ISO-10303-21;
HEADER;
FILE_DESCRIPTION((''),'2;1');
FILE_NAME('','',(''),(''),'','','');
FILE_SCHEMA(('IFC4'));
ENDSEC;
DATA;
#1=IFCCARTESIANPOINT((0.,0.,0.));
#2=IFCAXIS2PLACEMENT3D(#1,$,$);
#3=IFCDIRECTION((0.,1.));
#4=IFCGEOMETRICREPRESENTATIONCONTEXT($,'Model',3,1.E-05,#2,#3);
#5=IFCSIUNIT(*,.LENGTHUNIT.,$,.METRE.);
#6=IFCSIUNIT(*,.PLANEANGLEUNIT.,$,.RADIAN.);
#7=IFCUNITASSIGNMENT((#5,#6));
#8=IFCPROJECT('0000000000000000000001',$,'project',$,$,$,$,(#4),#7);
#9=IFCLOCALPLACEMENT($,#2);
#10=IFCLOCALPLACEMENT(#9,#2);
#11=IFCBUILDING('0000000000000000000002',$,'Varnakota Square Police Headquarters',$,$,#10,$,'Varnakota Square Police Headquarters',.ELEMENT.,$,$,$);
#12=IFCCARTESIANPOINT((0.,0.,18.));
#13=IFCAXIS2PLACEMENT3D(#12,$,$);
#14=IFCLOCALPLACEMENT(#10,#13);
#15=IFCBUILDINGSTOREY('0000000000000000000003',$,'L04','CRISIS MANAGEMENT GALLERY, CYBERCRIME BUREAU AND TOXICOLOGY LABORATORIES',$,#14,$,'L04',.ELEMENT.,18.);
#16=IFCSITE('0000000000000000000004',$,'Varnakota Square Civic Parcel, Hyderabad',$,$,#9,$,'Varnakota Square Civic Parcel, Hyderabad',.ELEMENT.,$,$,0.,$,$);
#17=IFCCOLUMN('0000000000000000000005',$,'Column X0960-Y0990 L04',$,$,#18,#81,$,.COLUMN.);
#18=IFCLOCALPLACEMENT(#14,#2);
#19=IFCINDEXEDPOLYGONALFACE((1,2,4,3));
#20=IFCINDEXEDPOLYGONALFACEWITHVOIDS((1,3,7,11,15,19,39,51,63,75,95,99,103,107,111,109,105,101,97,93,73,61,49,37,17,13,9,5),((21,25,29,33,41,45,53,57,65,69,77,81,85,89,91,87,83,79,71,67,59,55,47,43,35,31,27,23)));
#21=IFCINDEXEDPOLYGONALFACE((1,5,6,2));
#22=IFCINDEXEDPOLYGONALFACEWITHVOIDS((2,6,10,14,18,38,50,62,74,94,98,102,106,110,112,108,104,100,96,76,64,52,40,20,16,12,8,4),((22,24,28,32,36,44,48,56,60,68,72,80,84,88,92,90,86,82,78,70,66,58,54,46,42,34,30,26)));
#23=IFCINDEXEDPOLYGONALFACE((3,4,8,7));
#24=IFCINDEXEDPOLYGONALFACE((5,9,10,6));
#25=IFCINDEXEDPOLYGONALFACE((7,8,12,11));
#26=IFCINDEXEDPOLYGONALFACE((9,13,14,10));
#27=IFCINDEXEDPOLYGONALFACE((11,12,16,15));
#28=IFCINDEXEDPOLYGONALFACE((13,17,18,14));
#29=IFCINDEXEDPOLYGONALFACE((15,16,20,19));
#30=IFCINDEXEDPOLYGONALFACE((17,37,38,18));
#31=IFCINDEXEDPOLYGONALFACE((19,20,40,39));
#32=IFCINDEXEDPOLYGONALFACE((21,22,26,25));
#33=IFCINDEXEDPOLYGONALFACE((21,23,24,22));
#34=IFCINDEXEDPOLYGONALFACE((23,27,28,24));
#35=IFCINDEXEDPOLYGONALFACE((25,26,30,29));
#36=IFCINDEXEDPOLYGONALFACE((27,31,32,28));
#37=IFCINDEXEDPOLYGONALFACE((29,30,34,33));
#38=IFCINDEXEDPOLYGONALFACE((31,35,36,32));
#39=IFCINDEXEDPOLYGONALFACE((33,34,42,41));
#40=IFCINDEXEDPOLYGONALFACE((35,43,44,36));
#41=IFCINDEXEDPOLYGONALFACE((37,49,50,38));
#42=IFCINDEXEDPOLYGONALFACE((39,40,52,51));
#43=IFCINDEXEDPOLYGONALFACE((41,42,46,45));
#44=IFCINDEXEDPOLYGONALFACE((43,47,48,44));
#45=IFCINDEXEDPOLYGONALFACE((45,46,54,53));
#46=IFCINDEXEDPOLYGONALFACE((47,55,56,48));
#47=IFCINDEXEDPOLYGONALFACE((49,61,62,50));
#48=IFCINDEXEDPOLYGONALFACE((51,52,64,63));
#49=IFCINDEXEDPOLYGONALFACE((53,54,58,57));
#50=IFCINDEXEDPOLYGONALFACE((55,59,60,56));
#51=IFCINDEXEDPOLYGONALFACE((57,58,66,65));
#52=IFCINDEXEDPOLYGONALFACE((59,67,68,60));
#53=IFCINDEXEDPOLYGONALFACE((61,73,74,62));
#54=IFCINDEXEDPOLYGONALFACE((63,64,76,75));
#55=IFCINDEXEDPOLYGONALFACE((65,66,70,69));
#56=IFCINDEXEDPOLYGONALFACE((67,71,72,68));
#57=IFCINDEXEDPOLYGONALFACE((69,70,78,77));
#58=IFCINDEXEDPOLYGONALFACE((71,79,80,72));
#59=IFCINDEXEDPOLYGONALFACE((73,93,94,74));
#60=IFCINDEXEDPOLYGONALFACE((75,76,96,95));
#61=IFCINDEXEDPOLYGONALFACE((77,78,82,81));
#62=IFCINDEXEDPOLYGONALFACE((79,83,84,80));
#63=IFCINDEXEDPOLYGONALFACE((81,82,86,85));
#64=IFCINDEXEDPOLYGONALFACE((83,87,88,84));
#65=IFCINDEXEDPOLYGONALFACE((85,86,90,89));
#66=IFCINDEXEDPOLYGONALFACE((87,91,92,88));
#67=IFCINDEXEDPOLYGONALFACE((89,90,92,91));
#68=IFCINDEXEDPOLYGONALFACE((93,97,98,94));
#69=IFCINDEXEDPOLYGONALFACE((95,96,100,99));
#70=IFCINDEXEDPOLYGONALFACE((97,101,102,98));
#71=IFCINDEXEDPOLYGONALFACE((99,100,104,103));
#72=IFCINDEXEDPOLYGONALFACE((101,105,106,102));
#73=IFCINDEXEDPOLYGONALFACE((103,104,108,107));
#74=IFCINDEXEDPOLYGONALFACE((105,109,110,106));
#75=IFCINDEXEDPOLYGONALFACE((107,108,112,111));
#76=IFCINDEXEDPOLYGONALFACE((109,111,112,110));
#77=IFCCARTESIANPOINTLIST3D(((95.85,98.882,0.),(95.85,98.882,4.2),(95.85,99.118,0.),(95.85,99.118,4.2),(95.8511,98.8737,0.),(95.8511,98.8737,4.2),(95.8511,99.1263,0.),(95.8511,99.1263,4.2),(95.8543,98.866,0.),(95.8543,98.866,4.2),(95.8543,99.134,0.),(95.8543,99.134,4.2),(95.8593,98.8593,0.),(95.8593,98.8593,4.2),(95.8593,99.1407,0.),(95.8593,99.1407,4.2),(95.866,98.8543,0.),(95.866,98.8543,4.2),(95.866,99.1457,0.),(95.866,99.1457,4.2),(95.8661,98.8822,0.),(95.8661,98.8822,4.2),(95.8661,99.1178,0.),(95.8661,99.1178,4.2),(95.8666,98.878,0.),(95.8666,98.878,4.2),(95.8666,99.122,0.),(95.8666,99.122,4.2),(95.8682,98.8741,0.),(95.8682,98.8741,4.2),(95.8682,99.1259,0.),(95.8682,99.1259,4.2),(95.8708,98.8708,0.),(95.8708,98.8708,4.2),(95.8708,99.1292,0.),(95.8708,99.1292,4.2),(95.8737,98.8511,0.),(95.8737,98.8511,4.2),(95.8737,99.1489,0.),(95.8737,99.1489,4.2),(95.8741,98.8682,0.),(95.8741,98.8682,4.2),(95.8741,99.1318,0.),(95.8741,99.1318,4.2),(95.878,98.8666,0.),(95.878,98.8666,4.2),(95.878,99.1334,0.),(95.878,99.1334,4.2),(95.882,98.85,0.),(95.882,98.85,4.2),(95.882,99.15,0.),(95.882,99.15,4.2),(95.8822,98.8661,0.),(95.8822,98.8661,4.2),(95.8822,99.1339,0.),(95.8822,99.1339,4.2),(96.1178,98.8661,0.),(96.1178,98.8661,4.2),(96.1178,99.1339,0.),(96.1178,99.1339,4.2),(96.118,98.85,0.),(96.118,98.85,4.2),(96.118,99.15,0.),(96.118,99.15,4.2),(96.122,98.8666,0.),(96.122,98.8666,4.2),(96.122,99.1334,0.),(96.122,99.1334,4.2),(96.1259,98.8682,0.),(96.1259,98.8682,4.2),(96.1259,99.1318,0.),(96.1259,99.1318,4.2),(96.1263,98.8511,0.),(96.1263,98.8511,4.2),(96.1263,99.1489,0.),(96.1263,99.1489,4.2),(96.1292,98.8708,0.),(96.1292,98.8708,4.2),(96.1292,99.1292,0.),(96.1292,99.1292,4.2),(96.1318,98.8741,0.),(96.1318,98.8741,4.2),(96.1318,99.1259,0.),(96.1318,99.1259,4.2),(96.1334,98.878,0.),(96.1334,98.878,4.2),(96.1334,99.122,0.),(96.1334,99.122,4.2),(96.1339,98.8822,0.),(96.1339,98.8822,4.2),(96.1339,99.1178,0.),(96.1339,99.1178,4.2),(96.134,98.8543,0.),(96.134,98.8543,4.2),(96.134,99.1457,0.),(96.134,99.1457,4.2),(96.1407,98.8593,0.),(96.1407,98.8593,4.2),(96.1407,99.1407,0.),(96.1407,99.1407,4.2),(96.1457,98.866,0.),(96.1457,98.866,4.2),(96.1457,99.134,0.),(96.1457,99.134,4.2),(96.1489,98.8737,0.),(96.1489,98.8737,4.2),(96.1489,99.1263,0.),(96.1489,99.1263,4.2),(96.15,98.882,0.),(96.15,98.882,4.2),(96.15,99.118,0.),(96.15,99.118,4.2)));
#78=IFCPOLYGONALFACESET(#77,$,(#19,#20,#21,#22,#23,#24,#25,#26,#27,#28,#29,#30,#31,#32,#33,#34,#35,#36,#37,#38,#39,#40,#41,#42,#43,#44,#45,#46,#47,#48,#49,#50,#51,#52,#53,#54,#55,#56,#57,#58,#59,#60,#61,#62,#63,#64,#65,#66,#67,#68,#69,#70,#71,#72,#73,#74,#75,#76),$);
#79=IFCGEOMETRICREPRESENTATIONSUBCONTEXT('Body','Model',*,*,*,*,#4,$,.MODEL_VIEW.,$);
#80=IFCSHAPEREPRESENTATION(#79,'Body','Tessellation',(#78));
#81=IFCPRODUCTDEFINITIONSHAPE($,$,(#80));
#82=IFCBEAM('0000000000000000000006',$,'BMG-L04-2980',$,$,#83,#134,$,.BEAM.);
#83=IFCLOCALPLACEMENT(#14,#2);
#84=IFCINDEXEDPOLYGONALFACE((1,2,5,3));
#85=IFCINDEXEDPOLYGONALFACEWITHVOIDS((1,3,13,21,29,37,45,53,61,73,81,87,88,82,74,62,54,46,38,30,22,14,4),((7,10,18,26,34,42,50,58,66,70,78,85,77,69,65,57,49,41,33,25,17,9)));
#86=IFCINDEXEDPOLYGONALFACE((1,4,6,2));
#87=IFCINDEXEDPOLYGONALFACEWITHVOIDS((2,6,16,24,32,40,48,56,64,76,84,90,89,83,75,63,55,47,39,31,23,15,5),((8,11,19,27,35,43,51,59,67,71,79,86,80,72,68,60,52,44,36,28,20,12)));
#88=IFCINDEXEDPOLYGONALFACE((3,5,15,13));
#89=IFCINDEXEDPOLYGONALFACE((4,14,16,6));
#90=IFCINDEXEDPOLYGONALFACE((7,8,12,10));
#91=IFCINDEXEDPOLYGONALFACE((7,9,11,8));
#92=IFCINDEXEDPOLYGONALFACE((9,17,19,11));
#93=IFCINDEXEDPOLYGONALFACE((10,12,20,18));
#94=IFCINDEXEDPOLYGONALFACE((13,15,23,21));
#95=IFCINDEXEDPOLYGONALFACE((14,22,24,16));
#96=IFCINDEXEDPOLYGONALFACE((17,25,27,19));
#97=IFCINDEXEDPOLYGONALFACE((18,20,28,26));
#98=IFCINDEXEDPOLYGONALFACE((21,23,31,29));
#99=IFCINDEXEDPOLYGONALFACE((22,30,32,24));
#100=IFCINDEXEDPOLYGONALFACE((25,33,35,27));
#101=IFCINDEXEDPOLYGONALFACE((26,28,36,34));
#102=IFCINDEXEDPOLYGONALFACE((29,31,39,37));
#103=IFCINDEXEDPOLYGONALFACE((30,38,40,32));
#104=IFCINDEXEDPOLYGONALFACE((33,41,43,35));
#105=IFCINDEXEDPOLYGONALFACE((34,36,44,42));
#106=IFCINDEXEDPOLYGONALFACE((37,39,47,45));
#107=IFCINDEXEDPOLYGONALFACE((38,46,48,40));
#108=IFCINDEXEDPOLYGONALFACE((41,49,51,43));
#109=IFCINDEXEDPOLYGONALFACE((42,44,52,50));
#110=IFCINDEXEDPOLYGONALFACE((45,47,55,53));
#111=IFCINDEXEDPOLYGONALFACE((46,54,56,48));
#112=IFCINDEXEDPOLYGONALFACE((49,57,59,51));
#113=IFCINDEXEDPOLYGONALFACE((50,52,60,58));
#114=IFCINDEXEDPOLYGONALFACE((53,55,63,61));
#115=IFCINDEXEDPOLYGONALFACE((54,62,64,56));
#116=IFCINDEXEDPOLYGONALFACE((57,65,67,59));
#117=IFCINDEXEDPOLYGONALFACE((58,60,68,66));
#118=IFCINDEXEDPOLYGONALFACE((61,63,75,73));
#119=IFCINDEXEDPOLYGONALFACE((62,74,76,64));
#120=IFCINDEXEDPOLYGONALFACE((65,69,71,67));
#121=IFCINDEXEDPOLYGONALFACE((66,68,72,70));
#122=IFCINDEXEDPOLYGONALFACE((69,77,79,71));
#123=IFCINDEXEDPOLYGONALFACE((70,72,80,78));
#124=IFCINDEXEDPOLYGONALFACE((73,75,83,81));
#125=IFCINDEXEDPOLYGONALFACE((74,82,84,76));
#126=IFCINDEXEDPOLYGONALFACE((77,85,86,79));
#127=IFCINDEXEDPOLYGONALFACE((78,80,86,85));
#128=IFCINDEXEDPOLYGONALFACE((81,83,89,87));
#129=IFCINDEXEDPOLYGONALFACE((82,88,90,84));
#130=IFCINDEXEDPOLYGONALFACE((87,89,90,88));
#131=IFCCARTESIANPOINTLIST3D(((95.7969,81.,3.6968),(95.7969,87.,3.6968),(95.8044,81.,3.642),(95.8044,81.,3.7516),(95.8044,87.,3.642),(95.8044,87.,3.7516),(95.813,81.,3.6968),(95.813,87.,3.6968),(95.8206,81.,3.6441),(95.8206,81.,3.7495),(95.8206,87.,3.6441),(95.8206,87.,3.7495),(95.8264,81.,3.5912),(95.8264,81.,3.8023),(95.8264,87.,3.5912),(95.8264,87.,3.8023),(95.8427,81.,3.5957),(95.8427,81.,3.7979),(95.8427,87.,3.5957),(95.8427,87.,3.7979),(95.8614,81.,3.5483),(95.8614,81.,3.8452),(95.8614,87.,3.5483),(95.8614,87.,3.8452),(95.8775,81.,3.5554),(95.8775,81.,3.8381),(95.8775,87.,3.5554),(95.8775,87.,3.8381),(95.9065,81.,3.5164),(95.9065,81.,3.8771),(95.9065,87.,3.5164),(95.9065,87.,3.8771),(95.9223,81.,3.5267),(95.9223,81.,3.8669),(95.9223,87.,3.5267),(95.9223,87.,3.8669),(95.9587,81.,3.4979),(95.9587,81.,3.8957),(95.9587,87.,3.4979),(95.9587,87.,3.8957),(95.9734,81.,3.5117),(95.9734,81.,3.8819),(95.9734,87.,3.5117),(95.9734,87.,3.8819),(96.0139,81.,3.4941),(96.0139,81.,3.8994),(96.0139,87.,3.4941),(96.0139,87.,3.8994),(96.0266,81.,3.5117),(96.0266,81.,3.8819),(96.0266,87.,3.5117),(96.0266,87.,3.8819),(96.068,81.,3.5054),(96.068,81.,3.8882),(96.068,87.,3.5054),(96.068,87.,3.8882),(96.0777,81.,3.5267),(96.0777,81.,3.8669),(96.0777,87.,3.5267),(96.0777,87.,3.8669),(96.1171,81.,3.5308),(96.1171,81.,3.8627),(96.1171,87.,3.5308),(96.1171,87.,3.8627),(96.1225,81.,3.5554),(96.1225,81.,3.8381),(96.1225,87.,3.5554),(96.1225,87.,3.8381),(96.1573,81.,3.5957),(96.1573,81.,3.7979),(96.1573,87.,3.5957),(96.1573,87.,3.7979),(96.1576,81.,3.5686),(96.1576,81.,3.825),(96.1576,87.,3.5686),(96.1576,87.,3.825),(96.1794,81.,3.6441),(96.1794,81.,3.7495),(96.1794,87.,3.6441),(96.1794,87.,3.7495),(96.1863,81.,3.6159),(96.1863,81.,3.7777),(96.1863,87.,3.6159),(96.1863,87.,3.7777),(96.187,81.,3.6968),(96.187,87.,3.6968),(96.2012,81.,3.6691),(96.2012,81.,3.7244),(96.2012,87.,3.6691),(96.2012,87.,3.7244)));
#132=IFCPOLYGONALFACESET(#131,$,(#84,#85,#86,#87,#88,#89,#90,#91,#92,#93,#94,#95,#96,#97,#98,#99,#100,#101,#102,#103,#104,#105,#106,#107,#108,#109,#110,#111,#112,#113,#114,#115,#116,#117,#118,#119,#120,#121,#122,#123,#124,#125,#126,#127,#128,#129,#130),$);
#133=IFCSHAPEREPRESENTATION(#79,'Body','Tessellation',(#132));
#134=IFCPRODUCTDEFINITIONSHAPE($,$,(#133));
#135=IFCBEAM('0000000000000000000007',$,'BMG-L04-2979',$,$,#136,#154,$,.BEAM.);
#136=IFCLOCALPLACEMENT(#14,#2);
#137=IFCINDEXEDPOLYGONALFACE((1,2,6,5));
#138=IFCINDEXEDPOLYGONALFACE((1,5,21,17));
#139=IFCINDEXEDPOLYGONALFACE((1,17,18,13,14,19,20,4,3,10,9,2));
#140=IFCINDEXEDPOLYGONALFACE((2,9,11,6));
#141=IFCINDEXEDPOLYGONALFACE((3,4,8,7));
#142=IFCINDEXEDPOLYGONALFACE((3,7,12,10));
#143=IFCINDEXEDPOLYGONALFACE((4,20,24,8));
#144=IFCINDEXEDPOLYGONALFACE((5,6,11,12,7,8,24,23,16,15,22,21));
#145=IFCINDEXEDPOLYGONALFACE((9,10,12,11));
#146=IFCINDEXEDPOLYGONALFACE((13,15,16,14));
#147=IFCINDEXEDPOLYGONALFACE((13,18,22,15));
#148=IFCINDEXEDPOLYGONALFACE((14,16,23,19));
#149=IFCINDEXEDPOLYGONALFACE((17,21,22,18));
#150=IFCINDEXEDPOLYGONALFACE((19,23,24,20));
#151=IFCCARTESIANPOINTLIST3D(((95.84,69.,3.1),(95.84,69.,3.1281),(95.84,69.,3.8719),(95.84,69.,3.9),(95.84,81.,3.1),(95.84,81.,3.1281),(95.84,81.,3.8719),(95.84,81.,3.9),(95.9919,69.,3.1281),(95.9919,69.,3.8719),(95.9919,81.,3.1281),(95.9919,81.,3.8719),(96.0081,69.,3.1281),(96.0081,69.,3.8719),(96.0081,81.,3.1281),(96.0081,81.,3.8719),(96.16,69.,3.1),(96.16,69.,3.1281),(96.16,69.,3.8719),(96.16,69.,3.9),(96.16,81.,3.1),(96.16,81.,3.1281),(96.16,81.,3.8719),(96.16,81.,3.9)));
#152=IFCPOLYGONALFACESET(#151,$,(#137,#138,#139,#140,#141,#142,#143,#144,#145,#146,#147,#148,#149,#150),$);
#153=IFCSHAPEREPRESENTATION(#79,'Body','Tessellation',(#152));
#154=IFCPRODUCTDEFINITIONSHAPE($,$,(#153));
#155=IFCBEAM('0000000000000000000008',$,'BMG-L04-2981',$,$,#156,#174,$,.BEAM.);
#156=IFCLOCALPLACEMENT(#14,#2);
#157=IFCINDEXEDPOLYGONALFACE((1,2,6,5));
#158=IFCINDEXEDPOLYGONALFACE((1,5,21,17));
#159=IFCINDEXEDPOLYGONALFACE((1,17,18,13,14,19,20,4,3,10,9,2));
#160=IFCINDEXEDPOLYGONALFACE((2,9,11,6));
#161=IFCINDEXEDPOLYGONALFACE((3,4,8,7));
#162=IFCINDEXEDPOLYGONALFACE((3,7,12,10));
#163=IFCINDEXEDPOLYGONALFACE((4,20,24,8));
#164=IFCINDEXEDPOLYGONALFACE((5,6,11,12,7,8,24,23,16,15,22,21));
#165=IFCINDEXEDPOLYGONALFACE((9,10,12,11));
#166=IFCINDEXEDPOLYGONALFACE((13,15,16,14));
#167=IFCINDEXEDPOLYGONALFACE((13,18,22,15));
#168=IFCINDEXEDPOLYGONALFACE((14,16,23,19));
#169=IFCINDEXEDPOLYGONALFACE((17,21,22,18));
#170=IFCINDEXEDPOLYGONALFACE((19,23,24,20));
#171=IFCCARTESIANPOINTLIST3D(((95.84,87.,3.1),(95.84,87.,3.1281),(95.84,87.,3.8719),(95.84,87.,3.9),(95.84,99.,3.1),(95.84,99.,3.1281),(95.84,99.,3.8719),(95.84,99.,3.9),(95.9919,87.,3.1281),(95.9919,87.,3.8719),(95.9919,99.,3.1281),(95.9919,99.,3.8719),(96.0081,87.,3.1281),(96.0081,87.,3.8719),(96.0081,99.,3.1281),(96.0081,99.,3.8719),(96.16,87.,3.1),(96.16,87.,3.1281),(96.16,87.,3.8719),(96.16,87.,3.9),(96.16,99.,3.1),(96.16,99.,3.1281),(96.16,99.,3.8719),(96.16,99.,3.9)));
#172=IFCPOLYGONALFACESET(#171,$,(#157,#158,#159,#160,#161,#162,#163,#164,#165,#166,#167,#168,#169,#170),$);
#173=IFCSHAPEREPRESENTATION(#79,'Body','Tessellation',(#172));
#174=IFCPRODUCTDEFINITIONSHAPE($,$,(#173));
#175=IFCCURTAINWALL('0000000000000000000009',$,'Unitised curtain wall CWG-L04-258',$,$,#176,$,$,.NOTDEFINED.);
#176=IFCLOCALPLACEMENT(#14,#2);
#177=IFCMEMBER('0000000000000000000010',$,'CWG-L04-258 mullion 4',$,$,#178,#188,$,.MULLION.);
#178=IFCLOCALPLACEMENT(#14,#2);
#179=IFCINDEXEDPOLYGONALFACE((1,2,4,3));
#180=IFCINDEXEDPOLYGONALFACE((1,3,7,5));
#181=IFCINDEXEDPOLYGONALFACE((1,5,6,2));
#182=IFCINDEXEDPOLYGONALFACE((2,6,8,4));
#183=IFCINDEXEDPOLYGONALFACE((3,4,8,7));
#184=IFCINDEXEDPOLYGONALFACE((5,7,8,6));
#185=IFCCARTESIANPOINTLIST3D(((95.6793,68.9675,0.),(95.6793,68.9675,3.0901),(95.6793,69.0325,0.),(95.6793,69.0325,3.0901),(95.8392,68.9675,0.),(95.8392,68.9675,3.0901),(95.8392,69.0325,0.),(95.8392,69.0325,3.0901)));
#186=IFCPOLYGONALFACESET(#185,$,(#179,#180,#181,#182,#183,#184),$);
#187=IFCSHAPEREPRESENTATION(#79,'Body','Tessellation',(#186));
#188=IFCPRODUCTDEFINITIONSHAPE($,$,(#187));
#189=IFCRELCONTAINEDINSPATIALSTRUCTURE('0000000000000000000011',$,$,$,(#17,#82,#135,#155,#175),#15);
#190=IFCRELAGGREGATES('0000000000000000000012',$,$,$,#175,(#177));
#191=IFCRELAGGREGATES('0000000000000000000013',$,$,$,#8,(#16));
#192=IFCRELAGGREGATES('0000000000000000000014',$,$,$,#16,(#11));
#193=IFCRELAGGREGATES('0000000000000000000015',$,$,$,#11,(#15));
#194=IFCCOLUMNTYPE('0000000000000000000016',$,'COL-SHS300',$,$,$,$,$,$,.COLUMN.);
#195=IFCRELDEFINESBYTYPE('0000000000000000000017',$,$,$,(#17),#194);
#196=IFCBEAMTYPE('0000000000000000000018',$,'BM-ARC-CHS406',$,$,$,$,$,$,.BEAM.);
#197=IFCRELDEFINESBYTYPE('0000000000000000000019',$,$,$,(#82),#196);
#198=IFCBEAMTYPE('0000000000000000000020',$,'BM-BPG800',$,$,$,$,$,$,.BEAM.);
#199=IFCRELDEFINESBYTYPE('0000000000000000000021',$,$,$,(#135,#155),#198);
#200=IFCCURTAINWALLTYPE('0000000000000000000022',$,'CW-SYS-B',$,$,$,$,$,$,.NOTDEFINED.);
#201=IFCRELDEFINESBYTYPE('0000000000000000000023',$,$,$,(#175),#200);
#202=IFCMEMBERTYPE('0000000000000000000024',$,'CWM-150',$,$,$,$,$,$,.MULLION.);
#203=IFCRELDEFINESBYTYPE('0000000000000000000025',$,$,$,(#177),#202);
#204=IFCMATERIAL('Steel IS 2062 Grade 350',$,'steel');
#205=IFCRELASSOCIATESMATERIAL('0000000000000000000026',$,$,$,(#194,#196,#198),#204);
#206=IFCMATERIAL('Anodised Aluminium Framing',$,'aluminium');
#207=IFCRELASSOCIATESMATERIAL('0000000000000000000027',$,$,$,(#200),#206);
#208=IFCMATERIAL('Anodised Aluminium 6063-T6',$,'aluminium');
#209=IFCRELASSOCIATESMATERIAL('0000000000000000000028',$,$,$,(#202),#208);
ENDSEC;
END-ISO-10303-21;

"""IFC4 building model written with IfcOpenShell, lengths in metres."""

from ifc_helpers import new_model, si_unit, direction, frame, origin, origin_2d, place, context, subcontext, project, spatial, rectangle, hollow_rectangle, hollow_circle, i_section, extrude, material, material_profile, profile_set, type_object, element, aggregate, save


model = new_model("IFC4")

# Units and contexts
model_context = context("Model", 3, precision=1e-05, world=origin(), true_north=direction((0.0, 1.0)))
body_context = subcontext(model_context, "Body", "Model", "MODEL_VIEW")
ifc_project = project(units=[si_unit("LENGTHUNIT", "METRE"), si_unit("PLANEANGLEUNIT", "RADIAN")], contexts=[model_context])

# Site, building, storey
site_placement = place(None, origin())
site = spatial("IfcSite", under=ifc_project, at=site_placement, Name="Varnakota Square Civic Parcel, Hyderabad", LongName="Varnakota Square Civic Parcel, Hyderabad", CompositionType="ELEMENT", RefElevation=0.0)
building_placement = place(site_placement, origin())
building = spatial("IfcBuilding", under=site, at=building_placement, Name="Varnakota Square Police Headquarters", LongName="Varnakota Square Police Headquarters", CompositionType="ELEMENT")
storey_placement = place(building_placement, frame((0.0, 0.0, 18.0)))
storey = spatial("IfcBuildingStorey", under=building, at=storey_placement, Name="L04", Description="CRISIS MANAGEMENT GALLERY, CYBERCRIME BUREAU AND TOXICOLOGY LABORATORIES", LongName="L04", CompositionType="ELEMENT", Elevation=18.0)

# Column
ifc_material_1 = material(Name="Steel IS 2062 Grade 350", Category="steel")
ifc_material_profile_1 = material_profile(ifc_material_1, hollow_rectangle(XDim=0.3, YDim=0.3, WallThickness=0.0161, InnerFilletRadius=0.0161, OuterFilletRadius=0.032, at=origin_2d()), Name="SHS 300x300x16")
ifc_profile_set_1 = profile_set([ifc_material_profile_1], Name="Steel IS 2062 Grade 350")
column_type_1 = type_object("IfcColumnType", Name="COL-SHS300", PredefinedType="COLUMN", material=ifc_profile_set_1)
for number, where, z_axis, x_axis, name in (
    (1, (96.0, 99.0, 0.0), (0.0, 0.0, 1.0), (1.0, 0.0, 0.0), "Column X0960-Y0990 L04"),
):
    element("IfcColumn", number, at=place(storey_placement, frame(where, z_axis=z_axis, x_axis=x_axis)), inside=storey, type_object=column_type_1, Name=name, PredefinedType="COLUMN", context=body_context, shape_type="SweptSolid", body=[
        extrude(hollow_rectangle(XDim=0.3, YDim=0.3, WallThickness=0.0161, InnerFilletRadius=0.0161, OuterFilletRadius=0.032, at=origin_2d()), origin(), (0.0, 0.0, 1.0), 4.2),
    ])

# Beams
ifc_material_profile_2 = material_profile(ifc_material_1, hollow_circle(Radius=0.2031, WallThickness=0.0161, at=origin_2d()), Name="CHS 406.4x16.0")
ifc_profile_set_2 = profile_set([ifc_material_profile_2], Name="Steel IS 2062 Grade 350")
beam_type_1 = type_object("IfcBeamType", Name="BM-ARC-CHS406", PredefinedType="BEAM", material=ifc_profile_set_2)
beam_placement = place(storey_placement, frame((96.0, 81.0, 3.6968), z_axis=(0.0, 1.0, 0.0), x_axis=(-1.0, 0.0, 0.0)))
element("IfcBeam", 2, at=beam_placement, inside=storey, type_object=beam_type_1, Name="BMG-L04-2980", PredefinedType="BEAM", context=body_context, shape_type="SweptSolid", body=[
    extrude(hollow_circle(Radius=0.2031, WallThickness=0.0161, at=origin_2d()), origin(), (0.0, 0.0, 1.0), 6.0),
])
ifc_material_profile_3 = material_profile(ifc_material_1, i_section(OverallWidth=0.3201, OverallDepth=0.8, WebThickness=0.0161, FlangeThickness=0.0281, at=origin_2d()), Name="BPG 800x320")
ifc_profile_set_3 = profile_set([ifc_material_profile_3], Name="Steel IS 2062 Grade 350")
beam_type_2 = type_object("IfcBeamType", Name="BM-BPG800", PredefinedType="BEAM", material=ifc_profile_set_3)
for number, where, z_axis, x_axis, name in (
    (3, (96.0, 69.0, 3.5), (0.0, 1.0, 0.0), (-1.0, 0.0, 0.0), "BMG-L04-2979"),
    (4, (96.0, 87.0, 3.5), (0.0, 1.0, 0.0), (-1.0, 0.0, 0.0), "BMG-L04-2981"),
):
    element("IfcBeam", number, at=place(storey_placement, frame(where, z_axis=z_axis, x_axis=x_axis)), inside=storey, type_object=beam_type_2, Name=name, PredefinedType="BEAM", context=body_context, shape_type="SweptSolid", body=[
        extrude(i_section(OverallWidth=0.3201, OverallDepth=0.8, WebThickness=0.0161, FlangeThickness=0.0281, at=origin_2d()), origin(), (0.0, 0.0, 1.0), 12.0),
    ])

# Curtain wall, member
ifc_material_2 = material(Name="Anodised Aluminium Framing", Category="aluminium")
curtain_wall_type = type_object("IfcCurtainWallType", Name="CW-SYS-B", PredefinedType="NOTDEFINED", material=ifc_material_2)
curtain_wall_placement = place(storey_placement, origin())
curtain_wall = element("IfcCurtainWall", 5, at=curtain_wall_placement, inside=storey, type_object=curtain_wall_type, Name="Unitised curtain wall CWG-L04-258", PredefinedType="NOTDEFINED")
ifc_material_3 = material(Name="Anodised Aluminium 6063-T6", Category="aluminium")
ifc_material_profile_4 = material_profile(ifc_material_3, rectangle(XDim=0.0649, YDim=0.1599, at=origin_2d()), Name="ALU MULLION 65x160")
ifc_profile_set_4 = profile_set([ifc_material_profile_4], Name="Anodised Aluminium 6063-T6")
member_type_1 = type_object("IfcMemberType", Name="CWM-150", PredefinedType="MULLION", material=ifc_profile_set_4)
member_placement = place(storey_placement, frame((95.7593, 69.0, 0.0), z_axis=(0.0, 0.0, 1.0), x_axis=(0.0, 1.0, 0.0)))
member = element("IfcMember", 6, at=member_placement, type_object=member_type_1, Name="CWG-L04-258 mullion 4", PredefinedType="MULLION", context=body_context, shape_type="SweptSolid", body=[
    extrude(rectangle(XDim=0.0649, YDim=0.1599, at=origin_2d()), origin(), (0.0, 0.0, 1.0), 3.0901),
])

aggregate(curtain_wall, [member])

save(model, "model.ifc")
